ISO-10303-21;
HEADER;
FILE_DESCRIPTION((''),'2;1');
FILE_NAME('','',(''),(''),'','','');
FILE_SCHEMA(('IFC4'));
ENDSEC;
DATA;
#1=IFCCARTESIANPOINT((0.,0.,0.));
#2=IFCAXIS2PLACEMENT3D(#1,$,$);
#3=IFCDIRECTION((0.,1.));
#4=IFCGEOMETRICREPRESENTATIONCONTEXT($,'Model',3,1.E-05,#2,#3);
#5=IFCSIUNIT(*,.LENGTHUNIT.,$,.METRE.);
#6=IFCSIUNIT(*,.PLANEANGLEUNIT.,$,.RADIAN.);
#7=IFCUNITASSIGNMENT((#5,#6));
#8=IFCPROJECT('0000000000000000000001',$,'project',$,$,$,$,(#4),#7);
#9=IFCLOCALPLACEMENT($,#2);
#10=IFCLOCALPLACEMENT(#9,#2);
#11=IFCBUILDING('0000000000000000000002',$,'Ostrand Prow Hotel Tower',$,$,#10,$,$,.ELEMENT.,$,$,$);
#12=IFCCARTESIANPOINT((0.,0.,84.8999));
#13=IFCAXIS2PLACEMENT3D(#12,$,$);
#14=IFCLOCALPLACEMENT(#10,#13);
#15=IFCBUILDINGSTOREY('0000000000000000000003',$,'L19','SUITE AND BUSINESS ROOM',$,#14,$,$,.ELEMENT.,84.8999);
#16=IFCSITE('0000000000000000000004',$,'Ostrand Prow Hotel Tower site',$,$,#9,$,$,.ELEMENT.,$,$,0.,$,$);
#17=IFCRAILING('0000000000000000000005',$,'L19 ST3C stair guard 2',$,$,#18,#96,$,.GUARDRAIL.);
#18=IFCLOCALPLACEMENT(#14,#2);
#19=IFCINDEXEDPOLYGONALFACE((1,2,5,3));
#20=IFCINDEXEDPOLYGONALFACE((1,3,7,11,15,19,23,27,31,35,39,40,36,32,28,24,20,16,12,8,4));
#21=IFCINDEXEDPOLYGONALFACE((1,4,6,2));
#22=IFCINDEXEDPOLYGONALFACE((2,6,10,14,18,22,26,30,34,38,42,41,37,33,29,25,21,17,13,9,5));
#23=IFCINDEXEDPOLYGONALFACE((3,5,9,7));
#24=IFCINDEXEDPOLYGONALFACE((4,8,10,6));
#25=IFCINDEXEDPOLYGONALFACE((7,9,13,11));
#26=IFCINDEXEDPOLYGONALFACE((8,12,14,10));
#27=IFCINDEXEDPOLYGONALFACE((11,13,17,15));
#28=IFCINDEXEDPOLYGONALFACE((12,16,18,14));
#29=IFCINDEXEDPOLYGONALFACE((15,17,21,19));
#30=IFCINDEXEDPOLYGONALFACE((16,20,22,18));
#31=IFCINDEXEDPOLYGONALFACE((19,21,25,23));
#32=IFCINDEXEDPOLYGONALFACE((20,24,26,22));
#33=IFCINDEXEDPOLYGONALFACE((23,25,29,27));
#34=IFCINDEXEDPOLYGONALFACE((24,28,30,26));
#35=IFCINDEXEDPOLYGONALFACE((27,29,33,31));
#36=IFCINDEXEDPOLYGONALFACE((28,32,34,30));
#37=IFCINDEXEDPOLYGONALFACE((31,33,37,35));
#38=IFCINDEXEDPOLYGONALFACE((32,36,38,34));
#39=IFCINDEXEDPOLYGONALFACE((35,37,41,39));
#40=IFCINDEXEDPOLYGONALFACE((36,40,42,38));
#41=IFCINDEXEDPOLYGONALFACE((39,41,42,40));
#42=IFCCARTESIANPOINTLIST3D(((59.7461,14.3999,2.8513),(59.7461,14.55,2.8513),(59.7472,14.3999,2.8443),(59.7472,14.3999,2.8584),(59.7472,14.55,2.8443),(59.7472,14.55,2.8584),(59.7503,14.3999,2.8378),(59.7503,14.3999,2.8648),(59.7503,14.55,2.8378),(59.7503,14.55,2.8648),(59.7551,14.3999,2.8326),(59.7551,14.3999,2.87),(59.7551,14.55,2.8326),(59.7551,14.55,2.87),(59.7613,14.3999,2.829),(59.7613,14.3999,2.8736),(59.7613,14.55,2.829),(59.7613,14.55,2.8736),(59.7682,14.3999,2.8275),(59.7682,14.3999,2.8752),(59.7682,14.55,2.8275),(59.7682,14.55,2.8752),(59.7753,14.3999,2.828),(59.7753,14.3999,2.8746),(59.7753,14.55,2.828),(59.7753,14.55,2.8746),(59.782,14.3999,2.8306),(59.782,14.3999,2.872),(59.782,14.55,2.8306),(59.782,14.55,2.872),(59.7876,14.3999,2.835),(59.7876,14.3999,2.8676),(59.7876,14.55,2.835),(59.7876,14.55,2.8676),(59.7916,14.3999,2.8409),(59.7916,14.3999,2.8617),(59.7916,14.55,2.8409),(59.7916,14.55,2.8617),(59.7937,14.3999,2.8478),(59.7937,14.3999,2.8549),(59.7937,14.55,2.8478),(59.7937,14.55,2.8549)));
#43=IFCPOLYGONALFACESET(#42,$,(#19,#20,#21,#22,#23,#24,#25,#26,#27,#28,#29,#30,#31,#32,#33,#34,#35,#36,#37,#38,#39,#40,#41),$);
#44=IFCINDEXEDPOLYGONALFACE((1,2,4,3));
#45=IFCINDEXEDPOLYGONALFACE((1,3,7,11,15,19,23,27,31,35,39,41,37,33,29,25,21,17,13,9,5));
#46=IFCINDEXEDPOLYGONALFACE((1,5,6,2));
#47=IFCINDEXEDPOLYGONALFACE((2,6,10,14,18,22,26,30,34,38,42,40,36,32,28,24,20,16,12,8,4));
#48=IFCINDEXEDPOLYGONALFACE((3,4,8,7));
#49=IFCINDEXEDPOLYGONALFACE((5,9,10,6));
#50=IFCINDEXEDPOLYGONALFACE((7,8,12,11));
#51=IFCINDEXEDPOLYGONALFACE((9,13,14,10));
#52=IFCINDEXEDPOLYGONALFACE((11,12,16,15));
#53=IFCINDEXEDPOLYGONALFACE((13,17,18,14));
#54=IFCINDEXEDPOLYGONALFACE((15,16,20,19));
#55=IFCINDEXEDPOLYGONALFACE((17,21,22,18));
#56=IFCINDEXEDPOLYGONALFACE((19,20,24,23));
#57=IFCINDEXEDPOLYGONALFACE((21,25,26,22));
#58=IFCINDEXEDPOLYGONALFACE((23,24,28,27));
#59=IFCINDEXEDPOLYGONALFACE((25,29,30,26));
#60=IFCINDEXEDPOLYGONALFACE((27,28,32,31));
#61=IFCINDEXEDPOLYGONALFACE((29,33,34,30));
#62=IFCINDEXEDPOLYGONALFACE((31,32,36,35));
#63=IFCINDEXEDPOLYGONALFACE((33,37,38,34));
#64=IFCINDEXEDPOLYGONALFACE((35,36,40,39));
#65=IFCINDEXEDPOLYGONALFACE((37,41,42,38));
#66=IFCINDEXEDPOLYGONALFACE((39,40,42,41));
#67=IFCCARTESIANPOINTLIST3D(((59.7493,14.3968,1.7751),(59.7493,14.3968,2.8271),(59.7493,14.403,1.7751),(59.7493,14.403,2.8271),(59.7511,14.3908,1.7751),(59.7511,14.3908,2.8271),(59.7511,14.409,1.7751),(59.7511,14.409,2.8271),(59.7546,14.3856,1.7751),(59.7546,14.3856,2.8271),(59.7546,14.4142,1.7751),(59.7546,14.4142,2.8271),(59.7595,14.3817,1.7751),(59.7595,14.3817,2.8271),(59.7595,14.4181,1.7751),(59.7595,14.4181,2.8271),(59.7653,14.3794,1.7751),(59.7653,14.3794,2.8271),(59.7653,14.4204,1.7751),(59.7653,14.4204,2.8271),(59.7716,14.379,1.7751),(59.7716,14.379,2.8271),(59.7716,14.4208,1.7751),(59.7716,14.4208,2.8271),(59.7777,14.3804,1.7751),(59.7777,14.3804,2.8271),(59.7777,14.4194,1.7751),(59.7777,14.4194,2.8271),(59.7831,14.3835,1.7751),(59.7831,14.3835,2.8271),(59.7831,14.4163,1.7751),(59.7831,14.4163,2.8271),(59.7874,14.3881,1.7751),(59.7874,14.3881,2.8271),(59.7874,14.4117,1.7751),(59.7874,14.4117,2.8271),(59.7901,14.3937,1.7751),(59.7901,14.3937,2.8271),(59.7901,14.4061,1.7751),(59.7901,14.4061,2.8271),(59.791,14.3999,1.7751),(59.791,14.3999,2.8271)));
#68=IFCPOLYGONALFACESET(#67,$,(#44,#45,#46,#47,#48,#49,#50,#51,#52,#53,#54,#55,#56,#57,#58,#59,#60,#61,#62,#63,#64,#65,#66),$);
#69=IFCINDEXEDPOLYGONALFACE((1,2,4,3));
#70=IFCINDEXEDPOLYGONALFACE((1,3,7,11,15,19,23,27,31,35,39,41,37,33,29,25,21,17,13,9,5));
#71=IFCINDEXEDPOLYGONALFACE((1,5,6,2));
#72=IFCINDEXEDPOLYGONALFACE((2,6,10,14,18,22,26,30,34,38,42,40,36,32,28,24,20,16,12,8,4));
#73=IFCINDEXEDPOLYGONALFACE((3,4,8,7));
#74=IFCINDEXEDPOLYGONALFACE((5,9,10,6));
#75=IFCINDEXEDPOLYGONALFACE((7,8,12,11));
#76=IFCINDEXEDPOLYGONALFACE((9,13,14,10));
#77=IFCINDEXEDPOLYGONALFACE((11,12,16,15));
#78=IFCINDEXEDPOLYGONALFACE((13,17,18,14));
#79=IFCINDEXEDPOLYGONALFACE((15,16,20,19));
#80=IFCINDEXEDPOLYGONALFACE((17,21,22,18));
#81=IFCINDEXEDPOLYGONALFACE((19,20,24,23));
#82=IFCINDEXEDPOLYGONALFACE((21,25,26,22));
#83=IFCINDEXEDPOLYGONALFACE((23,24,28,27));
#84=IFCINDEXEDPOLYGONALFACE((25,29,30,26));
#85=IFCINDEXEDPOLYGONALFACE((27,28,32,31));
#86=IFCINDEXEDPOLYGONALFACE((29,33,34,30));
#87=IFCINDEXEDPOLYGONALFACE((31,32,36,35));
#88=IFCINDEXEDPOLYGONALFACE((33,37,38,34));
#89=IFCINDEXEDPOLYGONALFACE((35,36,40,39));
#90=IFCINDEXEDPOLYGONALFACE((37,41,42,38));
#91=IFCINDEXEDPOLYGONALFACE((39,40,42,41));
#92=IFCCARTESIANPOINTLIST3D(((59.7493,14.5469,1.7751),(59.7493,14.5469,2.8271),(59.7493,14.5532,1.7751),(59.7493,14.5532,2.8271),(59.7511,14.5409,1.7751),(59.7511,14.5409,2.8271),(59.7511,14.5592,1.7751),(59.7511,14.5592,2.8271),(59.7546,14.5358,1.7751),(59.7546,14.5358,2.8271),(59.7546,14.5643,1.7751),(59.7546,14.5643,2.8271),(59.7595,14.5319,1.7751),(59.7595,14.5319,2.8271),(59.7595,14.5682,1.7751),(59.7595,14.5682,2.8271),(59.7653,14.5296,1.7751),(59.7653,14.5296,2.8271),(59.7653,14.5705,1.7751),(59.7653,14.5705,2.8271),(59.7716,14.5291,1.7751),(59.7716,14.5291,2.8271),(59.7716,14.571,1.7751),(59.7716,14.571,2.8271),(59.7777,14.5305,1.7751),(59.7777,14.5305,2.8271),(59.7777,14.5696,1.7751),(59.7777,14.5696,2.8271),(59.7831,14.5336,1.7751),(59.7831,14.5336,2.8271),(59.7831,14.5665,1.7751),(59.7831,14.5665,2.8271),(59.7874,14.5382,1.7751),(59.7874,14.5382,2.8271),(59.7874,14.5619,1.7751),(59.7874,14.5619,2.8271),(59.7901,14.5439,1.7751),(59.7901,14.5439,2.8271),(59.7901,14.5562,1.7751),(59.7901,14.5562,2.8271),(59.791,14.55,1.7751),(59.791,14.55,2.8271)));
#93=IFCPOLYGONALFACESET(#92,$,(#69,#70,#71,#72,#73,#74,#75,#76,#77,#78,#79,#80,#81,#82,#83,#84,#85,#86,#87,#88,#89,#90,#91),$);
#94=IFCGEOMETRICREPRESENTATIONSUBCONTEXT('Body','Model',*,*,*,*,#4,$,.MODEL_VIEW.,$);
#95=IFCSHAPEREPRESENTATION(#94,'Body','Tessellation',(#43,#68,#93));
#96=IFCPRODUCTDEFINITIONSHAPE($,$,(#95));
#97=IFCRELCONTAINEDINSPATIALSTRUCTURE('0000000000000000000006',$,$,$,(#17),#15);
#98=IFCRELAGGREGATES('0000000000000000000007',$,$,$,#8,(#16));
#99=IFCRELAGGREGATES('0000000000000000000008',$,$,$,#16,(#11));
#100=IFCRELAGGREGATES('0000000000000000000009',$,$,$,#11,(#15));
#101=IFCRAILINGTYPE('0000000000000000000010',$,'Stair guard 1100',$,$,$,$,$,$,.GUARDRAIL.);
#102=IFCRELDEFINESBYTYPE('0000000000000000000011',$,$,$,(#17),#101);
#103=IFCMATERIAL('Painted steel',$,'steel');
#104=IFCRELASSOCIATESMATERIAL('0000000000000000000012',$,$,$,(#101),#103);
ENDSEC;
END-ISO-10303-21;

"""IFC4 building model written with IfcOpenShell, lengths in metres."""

from ifc_helpers import new_model, si_unit, direction, frame, origin, origin_2d, place, context, subcontext, project, spatial, circle, extrude, material, type_object, element, save


model = new_model("IFC4")

# Units and contexts
model_context = context("Model", 3, precision=1e-05, world=origin(), true_north=direction((0.0, 1.0)))
body_context = subcontext(model_context, "Body", "Model", "MODEL_VIEW")
ifc_project = project(units=[si_unit("LENGTHUNIT", "METRE"), si_unit("PLANEANGLEUNIT", "RADIAN")], contexts=[model_context])

# Site, building, storey
site_placement = place(None, origin())
site = spatial("IfcSite", under=ifc_project, at=site_placement, Name="Ostrand Prow Hotel Tower site", CompositionType="ELEMENT", RefElevation=0.0)
building_placement = place(site_placement, origin())
building = spatial("IfcBuilding", under=site, at=building_placement, Name="Ostrand Prow Hotel Tower", CompositionType="ELEMENT")
storey_placement = place(building_placement, frame((0.0, 0.0, 84.8999)))
storey = spatial("IfcBuildingStorey", under=building, at=storey_placement, Name="L19", Description="SUITE AND BUSINESS ROOM", CompositionType="ELEMENT", Elevation=84.8999)

# Railing
ifc_material_1 = material(Name="Painted steel", Category="steel")
railing_type_1 = type_object("IfcRailingType", Name="Stair guard 1100", PredefinedType="GUARDRAIL", material=ifc_material_1)
railing_1_placement = place(storey_placement, frame((59.77, 14.3999, 1.7751)))
element("IfcRailing", 1, at=railing_1_placement, inside=storey, type_object=railing_type_1, Name="L19 ST3C stair guard 2", PredefinedType="GUARDRAIL", context=body_context, shape_type="SweptSolid", body=[
    extrude(circle(Radius=0.0239, at=origin_2d()), frame((0.0, 0.0, 1.0762), z_axis=(0.0, 1.0, 0.0), x_axis=(-1.0, 0.0, 0.0)), (0.0, 0.0, 1.0), 0.1501),
    extrude(circle(Radius=0.021, at=origin_2d()), origin(), (0.0, 0.0, 1.0), 1.052),
    extrude(circle(Radius=0.021, at=origin_2d()), frame((0.0, 0.1501, 0.0)), (0.0, 0.0, 1.0), 1.052),
])

save(model, "model.ifc")
